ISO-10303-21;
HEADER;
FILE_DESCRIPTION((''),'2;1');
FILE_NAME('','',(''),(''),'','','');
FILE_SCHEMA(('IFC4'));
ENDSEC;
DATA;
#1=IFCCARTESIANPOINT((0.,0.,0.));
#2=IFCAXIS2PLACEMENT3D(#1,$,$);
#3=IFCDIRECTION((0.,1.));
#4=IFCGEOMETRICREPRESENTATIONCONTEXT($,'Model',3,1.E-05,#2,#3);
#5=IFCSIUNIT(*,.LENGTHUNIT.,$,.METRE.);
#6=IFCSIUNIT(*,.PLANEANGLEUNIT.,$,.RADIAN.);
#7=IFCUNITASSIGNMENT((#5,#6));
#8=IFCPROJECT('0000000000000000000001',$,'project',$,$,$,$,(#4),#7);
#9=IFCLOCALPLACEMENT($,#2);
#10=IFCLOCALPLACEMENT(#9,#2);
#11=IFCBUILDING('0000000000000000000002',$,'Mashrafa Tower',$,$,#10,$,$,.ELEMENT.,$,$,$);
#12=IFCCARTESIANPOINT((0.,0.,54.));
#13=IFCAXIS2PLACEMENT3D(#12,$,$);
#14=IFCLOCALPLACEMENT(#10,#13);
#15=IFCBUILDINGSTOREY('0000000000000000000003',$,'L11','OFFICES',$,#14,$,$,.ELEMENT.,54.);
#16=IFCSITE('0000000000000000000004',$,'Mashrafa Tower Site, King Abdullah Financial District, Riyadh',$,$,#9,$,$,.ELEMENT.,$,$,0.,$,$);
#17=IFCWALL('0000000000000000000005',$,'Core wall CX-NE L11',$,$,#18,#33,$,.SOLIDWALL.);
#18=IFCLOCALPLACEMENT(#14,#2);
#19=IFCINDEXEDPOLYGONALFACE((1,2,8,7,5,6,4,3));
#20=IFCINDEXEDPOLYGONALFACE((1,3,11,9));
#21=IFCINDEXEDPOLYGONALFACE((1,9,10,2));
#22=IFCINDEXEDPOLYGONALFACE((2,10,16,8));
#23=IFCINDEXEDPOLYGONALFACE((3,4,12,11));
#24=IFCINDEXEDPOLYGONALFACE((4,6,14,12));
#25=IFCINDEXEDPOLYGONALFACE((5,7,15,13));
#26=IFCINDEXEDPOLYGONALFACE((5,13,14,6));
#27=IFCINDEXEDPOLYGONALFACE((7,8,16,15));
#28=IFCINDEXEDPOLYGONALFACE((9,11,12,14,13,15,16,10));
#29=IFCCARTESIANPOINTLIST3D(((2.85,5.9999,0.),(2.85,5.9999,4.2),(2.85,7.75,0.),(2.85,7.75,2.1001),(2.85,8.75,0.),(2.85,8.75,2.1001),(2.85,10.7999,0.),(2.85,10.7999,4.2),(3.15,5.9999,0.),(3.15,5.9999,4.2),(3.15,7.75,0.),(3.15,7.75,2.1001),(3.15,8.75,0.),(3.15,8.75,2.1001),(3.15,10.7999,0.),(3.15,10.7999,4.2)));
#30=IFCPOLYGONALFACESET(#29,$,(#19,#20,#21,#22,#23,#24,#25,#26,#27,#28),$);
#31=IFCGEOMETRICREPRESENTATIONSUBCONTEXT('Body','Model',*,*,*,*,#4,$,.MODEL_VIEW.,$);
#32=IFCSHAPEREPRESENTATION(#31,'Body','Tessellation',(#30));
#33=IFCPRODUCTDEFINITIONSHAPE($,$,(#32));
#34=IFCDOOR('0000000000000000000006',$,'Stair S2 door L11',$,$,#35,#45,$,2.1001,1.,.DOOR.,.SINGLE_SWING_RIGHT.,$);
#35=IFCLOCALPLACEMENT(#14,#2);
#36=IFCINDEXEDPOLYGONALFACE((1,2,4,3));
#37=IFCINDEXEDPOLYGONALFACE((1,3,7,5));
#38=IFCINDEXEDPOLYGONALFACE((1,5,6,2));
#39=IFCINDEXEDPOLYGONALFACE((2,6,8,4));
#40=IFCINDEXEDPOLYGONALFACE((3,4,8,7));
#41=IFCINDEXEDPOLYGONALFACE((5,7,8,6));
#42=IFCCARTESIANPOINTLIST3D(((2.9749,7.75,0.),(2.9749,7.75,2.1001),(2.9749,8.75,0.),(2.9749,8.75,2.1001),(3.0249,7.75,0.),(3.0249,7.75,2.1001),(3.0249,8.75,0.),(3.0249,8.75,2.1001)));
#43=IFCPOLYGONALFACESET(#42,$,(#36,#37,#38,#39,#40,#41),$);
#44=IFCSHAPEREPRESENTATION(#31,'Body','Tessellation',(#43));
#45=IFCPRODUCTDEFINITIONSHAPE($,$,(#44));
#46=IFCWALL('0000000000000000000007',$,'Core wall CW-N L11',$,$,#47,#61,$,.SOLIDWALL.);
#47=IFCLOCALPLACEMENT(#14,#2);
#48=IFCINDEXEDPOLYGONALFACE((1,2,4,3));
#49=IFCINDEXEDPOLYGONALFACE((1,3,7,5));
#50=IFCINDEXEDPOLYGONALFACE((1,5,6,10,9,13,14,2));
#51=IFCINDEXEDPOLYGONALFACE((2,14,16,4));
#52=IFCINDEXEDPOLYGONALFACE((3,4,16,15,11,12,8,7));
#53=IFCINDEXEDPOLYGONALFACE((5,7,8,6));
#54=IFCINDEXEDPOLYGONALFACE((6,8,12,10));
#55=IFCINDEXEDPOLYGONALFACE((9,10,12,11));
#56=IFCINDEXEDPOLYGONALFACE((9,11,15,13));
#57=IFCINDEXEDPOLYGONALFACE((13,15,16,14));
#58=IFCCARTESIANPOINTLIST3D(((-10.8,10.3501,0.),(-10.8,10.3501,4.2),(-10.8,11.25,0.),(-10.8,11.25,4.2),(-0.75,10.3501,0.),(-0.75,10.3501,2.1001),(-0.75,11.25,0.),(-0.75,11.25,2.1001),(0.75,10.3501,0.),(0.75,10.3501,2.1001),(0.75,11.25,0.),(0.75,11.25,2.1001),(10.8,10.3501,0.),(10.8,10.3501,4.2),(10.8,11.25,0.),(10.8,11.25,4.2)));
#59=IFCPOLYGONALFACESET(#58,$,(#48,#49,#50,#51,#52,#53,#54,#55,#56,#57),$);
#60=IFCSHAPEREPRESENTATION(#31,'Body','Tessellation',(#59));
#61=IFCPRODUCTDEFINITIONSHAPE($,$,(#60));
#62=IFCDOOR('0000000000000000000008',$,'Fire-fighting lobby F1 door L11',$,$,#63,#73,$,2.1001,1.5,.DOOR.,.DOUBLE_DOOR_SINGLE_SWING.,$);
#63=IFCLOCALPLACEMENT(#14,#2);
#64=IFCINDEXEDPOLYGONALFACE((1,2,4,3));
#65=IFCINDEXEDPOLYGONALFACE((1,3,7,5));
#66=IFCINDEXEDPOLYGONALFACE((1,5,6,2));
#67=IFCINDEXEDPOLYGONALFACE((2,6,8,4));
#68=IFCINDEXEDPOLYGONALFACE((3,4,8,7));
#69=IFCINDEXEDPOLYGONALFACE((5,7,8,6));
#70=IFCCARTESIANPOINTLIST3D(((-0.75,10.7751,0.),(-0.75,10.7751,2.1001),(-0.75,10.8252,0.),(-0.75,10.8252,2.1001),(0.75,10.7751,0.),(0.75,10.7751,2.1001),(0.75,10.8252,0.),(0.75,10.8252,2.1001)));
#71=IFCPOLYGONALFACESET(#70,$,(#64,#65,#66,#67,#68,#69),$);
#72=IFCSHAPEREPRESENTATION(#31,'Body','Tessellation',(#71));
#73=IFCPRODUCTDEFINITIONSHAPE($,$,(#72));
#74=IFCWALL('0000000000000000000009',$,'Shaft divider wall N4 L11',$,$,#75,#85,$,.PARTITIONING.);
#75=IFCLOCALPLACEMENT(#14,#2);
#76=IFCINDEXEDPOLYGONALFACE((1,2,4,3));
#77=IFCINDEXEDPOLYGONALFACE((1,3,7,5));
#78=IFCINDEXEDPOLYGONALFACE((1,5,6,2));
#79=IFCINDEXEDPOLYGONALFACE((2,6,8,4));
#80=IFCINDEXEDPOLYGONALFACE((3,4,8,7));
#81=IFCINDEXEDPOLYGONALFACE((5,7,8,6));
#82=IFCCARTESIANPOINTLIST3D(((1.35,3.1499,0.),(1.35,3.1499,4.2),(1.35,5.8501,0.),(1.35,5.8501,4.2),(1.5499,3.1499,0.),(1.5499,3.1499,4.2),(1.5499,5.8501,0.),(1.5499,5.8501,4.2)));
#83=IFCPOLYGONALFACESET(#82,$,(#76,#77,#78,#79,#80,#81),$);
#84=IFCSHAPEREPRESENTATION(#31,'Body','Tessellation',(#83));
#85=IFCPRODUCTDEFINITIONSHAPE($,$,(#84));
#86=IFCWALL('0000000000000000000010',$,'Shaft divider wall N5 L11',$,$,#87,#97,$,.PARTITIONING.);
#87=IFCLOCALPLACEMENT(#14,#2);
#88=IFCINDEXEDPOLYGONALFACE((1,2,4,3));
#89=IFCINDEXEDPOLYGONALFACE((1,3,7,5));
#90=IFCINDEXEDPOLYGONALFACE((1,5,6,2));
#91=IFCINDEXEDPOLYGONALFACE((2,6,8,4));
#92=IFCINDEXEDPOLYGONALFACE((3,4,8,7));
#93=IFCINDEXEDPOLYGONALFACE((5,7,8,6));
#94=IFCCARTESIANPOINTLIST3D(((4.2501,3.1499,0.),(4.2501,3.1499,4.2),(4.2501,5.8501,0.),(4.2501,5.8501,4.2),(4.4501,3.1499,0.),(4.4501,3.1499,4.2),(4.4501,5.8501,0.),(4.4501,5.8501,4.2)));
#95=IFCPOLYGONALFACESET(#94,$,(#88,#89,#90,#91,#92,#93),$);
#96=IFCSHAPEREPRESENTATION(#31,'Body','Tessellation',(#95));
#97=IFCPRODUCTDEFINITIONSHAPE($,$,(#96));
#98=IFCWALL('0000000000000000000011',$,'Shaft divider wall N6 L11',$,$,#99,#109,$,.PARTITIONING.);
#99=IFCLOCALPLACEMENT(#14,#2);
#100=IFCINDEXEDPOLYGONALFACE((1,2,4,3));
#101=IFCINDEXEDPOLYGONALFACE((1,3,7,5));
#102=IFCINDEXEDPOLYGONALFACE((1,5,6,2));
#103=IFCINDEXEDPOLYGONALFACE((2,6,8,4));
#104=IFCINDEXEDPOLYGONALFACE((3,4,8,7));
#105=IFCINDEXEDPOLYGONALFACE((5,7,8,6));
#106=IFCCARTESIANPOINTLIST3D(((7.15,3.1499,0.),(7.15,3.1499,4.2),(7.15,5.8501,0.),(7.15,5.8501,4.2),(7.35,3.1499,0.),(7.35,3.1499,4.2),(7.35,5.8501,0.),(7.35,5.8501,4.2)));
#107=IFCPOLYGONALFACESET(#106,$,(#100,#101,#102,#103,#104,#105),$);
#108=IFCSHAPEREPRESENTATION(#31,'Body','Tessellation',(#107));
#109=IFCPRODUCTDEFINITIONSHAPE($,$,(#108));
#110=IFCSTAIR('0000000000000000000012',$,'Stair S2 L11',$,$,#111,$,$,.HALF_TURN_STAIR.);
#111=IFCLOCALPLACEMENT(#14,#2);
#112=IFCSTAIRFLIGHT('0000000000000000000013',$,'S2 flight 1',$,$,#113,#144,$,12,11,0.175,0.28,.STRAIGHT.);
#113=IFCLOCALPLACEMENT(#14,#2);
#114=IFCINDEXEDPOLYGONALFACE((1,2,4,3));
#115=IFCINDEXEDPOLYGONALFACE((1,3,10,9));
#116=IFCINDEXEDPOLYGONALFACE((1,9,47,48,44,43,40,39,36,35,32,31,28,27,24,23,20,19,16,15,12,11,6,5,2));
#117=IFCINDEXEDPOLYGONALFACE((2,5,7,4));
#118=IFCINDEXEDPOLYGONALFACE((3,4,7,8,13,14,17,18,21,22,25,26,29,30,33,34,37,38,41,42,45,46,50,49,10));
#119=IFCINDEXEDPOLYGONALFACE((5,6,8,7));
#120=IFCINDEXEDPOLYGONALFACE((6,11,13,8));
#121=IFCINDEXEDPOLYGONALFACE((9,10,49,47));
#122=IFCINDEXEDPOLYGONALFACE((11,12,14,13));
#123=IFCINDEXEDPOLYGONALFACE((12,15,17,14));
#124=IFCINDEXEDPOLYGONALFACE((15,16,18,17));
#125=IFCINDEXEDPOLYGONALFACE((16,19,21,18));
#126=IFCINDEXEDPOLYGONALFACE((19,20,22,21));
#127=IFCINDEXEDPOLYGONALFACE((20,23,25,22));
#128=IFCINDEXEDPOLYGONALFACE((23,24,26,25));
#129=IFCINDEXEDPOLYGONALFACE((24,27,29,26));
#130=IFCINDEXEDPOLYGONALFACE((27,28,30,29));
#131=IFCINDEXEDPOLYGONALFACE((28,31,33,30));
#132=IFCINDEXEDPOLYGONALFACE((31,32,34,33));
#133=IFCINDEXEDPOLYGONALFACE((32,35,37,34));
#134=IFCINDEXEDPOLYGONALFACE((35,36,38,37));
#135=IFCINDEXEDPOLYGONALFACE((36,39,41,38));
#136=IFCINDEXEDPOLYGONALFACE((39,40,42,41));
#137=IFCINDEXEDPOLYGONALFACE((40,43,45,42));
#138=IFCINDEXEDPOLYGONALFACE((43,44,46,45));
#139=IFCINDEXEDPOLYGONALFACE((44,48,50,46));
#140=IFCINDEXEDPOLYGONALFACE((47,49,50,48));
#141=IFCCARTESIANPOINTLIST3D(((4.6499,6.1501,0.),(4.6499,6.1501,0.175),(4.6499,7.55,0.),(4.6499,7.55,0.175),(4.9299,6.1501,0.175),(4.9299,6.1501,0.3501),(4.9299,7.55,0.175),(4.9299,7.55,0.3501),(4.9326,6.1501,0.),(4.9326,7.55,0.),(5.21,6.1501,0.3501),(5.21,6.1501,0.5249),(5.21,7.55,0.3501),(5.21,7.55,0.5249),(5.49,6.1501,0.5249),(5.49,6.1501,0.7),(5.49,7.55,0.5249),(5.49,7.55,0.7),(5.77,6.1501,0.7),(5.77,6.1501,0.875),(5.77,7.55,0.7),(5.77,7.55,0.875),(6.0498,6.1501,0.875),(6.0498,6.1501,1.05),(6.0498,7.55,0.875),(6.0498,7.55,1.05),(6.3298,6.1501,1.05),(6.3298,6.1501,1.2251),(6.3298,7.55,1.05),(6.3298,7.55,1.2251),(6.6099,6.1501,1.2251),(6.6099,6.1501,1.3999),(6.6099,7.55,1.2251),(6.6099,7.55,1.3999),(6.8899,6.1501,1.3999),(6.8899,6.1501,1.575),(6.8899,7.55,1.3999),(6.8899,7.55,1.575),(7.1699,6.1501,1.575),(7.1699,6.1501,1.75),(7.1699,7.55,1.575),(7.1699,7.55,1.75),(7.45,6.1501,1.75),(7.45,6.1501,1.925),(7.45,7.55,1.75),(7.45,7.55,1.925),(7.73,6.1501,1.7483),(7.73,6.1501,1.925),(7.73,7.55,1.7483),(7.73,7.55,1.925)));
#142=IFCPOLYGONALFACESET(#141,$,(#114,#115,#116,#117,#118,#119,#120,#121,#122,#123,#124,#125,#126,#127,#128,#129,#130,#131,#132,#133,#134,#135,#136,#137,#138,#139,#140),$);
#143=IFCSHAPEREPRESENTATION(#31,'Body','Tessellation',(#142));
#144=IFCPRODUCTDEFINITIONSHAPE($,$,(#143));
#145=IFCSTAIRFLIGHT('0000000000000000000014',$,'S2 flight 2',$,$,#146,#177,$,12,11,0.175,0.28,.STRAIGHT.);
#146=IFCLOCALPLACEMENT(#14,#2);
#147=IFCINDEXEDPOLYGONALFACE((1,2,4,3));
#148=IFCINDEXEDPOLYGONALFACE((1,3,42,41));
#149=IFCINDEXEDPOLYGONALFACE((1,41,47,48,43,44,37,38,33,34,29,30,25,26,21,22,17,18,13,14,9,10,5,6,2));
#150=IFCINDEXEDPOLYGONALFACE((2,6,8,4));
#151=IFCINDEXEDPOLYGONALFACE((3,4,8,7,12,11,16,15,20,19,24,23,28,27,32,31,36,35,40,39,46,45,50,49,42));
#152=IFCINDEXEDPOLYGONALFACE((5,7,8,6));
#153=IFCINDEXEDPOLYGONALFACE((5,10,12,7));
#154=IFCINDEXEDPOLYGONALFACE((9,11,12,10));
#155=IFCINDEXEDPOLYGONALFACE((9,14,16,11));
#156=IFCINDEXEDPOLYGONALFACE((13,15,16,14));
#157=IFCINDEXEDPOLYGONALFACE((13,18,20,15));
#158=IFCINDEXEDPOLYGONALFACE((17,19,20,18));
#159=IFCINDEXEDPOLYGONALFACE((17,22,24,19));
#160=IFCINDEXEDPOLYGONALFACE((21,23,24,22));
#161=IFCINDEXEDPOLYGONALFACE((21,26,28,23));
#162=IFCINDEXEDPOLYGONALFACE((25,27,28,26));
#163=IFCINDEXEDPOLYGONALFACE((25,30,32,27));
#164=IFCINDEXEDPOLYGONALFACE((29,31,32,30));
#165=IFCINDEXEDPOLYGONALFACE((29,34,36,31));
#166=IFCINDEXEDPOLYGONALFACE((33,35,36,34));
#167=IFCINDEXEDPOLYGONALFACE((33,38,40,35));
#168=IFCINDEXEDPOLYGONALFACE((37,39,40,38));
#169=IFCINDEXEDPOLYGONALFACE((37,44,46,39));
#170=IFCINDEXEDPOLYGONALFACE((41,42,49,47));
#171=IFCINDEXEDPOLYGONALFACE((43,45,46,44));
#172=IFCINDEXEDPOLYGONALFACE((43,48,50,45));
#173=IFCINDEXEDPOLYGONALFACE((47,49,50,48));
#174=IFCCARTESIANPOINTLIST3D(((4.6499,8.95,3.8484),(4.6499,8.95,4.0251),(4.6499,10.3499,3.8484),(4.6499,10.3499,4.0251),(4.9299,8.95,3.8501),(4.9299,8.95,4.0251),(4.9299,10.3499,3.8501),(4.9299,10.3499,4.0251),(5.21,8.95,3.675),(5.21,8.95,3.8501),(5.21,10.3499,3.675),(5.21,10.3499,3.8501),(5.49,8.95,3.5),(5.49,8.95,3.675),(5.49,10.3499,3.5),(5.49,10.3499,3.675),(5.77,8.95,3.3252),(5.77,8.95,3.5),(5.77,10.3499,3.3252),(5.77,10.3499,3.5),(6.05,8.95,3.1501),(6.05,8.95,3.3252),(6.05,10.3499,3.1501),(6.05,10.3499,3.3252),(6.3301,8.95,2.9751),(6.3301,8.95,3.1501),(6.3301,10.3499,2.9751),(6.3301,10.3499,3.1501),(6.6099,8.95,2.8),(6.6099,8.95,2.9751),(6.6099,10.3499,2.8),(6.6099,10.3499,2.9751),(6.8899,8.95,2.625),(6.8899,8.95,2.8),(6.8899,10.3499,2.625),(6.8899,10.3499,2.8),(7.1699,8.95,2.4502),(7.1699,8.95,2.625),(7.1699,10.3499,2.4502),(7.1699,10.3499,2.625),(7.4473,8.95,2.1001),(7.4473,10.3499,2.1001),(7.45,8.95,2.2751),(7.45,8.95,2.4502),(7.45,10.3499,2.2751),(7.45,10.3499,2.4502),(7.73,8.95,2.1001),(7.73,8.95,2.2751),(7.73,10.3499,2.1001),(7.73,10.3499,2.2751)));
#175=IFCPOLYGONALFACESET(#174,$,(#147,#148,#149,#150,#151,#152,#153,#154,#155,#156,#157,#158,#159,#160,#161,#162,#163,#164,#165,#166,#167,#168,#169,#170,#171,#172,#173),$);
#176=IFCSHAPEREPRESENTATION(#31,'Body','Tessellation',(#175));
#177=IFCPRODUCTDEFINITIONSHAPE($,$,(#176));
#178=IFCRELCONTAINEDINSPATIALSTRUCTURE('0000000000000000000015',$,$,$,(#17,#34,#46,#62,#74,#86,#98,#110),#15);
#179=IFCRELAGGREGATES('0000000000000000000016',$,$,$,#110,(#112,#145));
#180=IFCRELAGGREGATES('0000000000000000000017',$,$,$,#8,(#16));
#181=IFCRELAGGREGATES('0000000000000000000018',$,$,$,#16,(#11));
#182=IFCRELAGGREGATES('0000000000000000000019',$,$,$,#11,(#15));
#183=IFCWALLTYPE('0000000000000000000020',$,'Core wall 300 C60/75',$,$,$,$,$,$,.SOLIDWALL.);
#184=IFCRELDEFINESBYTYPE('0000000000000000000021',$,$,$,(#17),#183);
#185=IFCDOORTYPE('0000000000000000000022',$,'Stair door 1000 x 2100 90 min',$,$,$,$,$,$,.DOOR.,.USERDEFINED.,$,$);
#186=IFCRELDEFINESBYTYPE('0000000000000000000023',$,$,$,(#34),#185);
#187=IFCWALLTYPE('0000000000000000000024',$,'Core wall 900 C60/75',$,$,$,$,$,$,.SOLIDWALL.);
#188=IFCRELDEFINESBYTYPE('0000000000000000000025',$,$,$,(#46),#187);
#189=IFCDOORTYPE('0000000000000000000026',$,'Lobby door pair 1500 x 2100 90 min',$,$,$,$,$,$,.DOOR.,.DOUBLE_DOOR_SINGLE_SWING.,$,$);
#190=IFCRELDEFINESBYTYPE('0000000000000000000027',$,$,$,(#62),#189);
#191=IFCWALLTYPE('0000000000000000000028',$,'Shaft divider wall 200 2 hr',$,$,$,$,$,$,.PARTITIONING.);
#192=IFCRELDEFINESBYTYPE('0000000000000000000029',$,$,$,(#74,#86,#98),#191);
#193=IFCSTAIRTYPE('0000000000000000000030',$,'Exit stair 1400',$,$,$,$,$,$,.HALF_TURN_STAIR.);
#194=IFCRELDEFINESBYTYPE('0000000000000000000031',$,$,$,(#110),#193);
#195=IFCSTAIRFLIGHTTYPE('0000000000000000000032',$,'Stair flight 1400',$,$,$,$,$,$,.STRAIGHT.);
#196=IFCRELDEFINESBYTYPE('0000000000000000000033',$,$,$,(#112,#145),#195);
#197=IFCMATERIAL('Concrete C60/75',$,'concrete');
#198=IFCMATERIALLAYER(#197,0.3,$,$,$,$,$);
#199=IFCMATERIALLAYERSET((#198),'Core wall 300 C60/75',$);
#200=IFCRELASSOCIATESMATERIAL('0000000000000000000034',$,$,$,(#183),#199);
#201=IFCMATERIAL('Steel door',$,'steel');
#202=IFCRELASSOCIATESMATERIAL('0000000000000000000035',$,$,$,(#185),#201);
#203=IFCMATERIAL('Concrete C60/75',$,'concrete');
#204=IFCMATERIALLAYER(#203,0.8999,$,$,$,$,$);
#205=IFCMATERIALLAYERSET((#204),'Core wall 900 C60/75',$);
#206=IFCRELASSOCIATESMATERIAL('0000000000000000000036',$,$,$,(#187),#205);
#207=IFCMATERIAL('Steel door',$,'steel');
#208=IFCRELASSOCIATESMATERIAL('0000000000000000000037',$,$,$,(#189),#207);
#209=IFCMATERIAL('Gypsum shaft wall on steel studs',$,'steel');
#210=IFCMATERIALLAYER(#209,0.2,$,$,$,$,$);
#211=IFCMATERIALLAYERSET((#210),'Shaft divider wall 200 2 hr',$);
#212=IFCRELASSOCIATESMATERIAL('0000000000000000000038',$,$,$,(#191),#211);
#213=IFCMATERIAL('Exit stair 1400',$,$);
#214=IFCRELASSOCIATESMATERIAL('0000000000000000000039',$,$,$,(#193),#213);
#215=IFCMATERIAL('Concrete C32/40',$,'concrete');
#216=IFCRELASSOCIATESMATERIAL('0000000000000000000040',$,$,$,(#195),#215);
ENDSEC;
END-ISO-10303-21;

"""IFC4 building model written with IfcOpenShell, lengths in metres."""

from ifc_helpers import new_model, si_unit, direction, frame, frame_2d, origin, place, context, subcontext, project, spatial, polyline, rectangle, outline, extrude, material, layer, layer_set, type_object, element, fill, aggregate, save


model = new_model("IFC4")

# Units and contexts
model_context = context("Model", 3, precision=1e-05, world=origin(), true_north=direction((0.0, 1.0)))
body_context = subcontext(model_context, "Body", "Model", "MODEL_VIEW")
ifc_project = project(units=[si_unit("LENGTHUNIT", "METRE"), si_unit("PLANEANGLEUNIT", "RADIAN")], contexts=[model_context])

# Site, building, storey
site_placement = place(None, origin())
site = spatial("IfcSite", under=ifc_project, at=site_placement, Name="Mashrafa Tower Site, King Abdullah Financial District, Riyadh", CompositionType="ELEMENT", RefElevation=0.0)
building_placement = place(site_placement, origin())
building = spatial("IfcBuilding", under=site, at=building_placement, Name="Mashrafa Tower", CompositionType="ELEMENT")
storey_placement = place(building_placement, frame((0.0, 0.0, 54.0)))
storey = spatial("IfcBuildingStorey", under=building, at=storey_placement, Name="L11", Description="OFFICES", CompositionType="ELEMENT", Elevation=54.0)

# Walls, openings, doors
ifc_material_1 = material(Name="Concrete C60/75", Category="concrete")
ifc_layer_1 = layer(ifc_material_1, 0.3)
ifc_layer_set_1 = layer_set([ifc_layer_1], Name="Core wall 300 C60/75")
wall_type_1 = type_object("IfcWallType", Name="Core wall 300 C60/75", PredefinedType="SOLIDWALL", material=ifc_layer_set_1)
wall_1_placement = place(storey_placement, frame((3.0, 6.0, 0.0), z_axis=(0.0, 0.0, 1.0), x_axis=(0.0, 1.0, 0.0)))
wall_1 = element("IfcWall", 1, at=wall_1_placement, inside=storey, type_object=wall_type_1, Name="Core wall CX-NE L11", PredefinedType="SOLIDWALL", context=body_context, shape_type="SweptSolid", body=[
    extrude(rectangle(XDim=4.8, YDim=0.3, at=frame_2d((2.3999, 0.0))), origin(), (0.0, 0.0, 1.0), 4.2),
])
opening_1_placement = place(wall_1_placement, frame((1.75, 0.0, 0.0)))
opening_1 = element("IfcOpeningElement", 2, at=opening_1_placement, cuts=wall_1, PredefinedType="OPENING", context=body_context, shape_type="SweptSolid", body=[
    extrude(rectangle(XDim=1.0, YDim=2.1001, at=frame_2d((0.5, 1.05))), frame((0.0, 0.1599, 0.0), z_axis=(0.0, -1.0, 0.0), x_axis=(1.0, 0.0, 0.0)), (0.0, 0.0, 1.0), 0.3201),
])
ifc_material_2 = material(Name="Steel door", Category="steel")
door_type_1 = type_object("IfcDoorType", Name="Stair door 1000 x 2100 90 min", OperationType="USERDEFINED", PredefinedType="DOOR", material=ifc_material_2)
door_1_placement = place(opening_1_placement, frame((1.0, 0.0, 0.0), z_axis=(0.0, 0.0, 1.0), x_axis=(-1.0, 0.0, 0.0)))
door_1 = element("IfcDoor", 3, at=door_1_placement, inside=storey, type_object=door_type_1, Name="Stair S2 door L11", OperationType="SINGLE_SWING_RIGHT", OverallHeight=2.1001, OverallWidth=1.0, PredefinedType="DOOR", context=body_context, shape_type="SweptSolid", body=[
    extrude(rectangle(XDim=1.0, YDim=2.1001, at=frame_2d((0.5, 1.05))), frame((0.0, 0.0249, 0.0), z_axis=(0.0, -1.0, 0.0), x_axis=(1.0, 0.0, 0.0)), (0.0, 0.0, 1.0), 0.05),
])
fill(opening_1, door_1)
ifc_material_3 = material(Name="Concrete C60/75", Category="concrete")
ifc_layer_2 = layer(ifc_material_3, 0.8999)
ifc_layer_set_2 = layer_set([ifc_layer_2], Name="Core wall 900 C60/75")
wall_type_2 = type_object("IfcWallType", Name="Core wall 900 C60/75", PredefinedType="SOLIDWALL", material=ifc_layer_set_2)
wall_2_placement = place(storey_placement, frame((10.8, 10.8, 0.0), z_axis=(0.0, 0.0, 1.0), x_axis=(-1.0, 0.0, 0.0)))
wall_2 = element("IfcWall", 4, at=wall_2_placement, inside=storey, type_object=wall_type_2, Name="Core wall CW-N L11", PredefinedType="SOLIDWALL", context=body_context, shape_type="SweptSolid", body=[
    extrude(rectangle(XDim=21.6001, YDim=0.8999, at=frame_2d((10.8, 0.0))), origin(), (0.0, 0.0, 1.0), 4.2),
])
opening_2_placement = place(wall_2_placement, frame((10.05, 0.0, 0.0)))
opening_2 = element("IfcOpeningElement", 5, at=opening_2_placement, cuts=wall_2, PredefinedType="OPENING", context=body_context, shape_type="SweptSolid", body=[
    extrude(rectangle(XDim=1.5, YDim=2.1001, at=frame_2d((0.75, 1.05))), frame((0.0, 0.46, 0.0), z_axis=(0.0, -1.0, 0.0), x_axis=(1.0, 0.0, 0.0)), (0.0, 0.0, 1.0), 0.9199),
])
ifc_material_4 = material(Name="Steel door", Category="steel")
door_type_2 = type_object("IfcDoorType", Name="Lobby door pair 1500 x 2100 90 min", OperationType="DOUBLE_DOOR_SINGLE_SWING", PredefinedType="DOOR", material=ifc_material_4)
door_2_placement = place(opening_2_placement, origin())
door_2 = element("IfcDoor", 6, at=door_2_placement, inside=storey, type_object=door_type_2, Name="Fire-fighting lobby F1 door L11", OperationType="DOUBLE_DOOR_SINGLE_SWING", OverallHeight=2.1001, OverallWidth=1.5, PredefinedType="DOOR", context=body_context, shape_type="SweptSolid", body=[
    extrude(rectangle(XDim=1.5, YDim=2.1001, at=frame_2d((0.75, 1.05))), frame((0.0, 0.0249, 0.0), z_axis=(0.0, -1.0, 0.0), x_axis=(1.0, 0.0, 0.0)), (0.0, 0.0, 1.0), 0.05),
])
fill(opening_2, door_2)

# Walls
ifc_material_5 = material(Name="Gypsum shaft wall on steel studs", Category="steel")
ifc_layer_3 = layer(ifc_material_5, 0.2)
ifc_layer_set_3 = layer_set([ifc_layer_3], Name="Shaft divider wall 200 2 hr")
wall_type_3 = type_object("IfcWallType", Name="Shaft divider wall 200 2 hr", PredefinedType="PARTITIONING", material=ifc_layer_set_3)
for number, where, z_axis, x_axis, name in (
    (7, (1.45, 3.1499, 0.0), (0.0, 0.0, 1.0), (0.0, 1.0, 0.0), "Shaft divider wall N4 L11"),
    (8, (4.3501, 3.1499, 0.0), (0.0, 0.0, 1.0), (0.0, 1.0, 0.0), "Shaft divider wall N5 L11"),
    (9, (7.25, 3.1499, 0.0), (0.0, 0.0, 1.0), (0.0, 1.0, 0.0), "Shaft divider wall N6 L11"),
):
    element("IfcWall", number, at=place(storey_placement, frame(where, z_axis=z_axis, x_axis=x_axis)), inside=storey, type_object=wall_type_3, Name=name, PredefinedType="PARTITIONING", context=body_context, shape_type="SweptSolid", body=[
        extrude(rectangle(XDim=2.7002, YDim=0.2, at=frame_2d((1.3501, 0.0))), origin(), (0.0, 0.0, 1.0), 4.2),
    ])

# Stair, stair flights
ifc_material_6 = material(Name="Exit stair 1400")
stair_type = type_object("IfcStairType", Name="Exit stair 1400", PredefinedType="HALF_TURN_STAIR", material=ifc_material_6)
stair_placement = place(storey_placement, origin())
stair = element("IfcStair", 10, at=stair_placement, inside=storey, type_object=stair_type, Name="Stair S2 L11", PredefinedType="HALF_TURN_STAIR")
ifc_material_7 = material(Name="Concrete C32/40", Category="concrete")
stair_flight_type = type_object("IfcStairFlightType", Name="Stair flight 1400", PredefinedType="STRAIGHT", material=ifc_material_7)
stair_flight_1_placement = place(storey_placement, frame((4.6499, 6.8501, 0.0), z_axis=(0.0, 0.0, 1.0), x_axis=(1.0, 0.0, 0.0)))
stair_flight_1 = element("IfcStairFlight", 11, at=stair_flight_1_placement, type_object=stair_flight_type, Name="S2 flight 1", NumberOfRisers=12, NumberOfTreads=11, PredefinedType="STRAIGHT", RiserHeight=0.175, TreadLength=0.28, context=body_context, shape_type="SweptSolid", body=[
    extrude(outline(polyline([(0.0, 0.0), (0.0, 0.175), (0.28, 0.175), (0.28, 0.3501), (0.5601, 0.3501), (0.5601, 0.5249), (0.8401, 0.5249), (0.8401, 0.7), (1.1201, 0.7), (1.1201, 0.875), (1.3999, 0.875), (1.3999, 1.05), (1.6799, 1.05), (1.6799, 1.2251), (1.96, 1.2251), (1.96, 1.3999), (2.24, 1.3999), (2.24, 1.575), (2.52, 1.575), (2.52, 1.75), (2.8, 1.75), (2.8, 1.925), (3.0801, 1.925), (3.0801, 2.1001), (3.0801, 1.7483), (0.2827, 0.0), (0.0, 0.0)])), frame((0.0, 0.7, 0.0), z_axis=(0.0, -1.0, 0.0), x_axis=(1.0, 0.0, 0.0)), (0.0, 0.0, 1.0), 1.3999),
])
stair_flight_2_placement = place(storey_placement, frame((7.73, 9.6499, 2.1001), z_axis=(0.0, 0.0, 1.0), x_axis=(-1.0, 0.0, 0.0)))
stair_flight_2 = element("IfcStairFlight", 12, at=stair_flight_2_placement, type_object=stair_flight_type, Name="S2 flight 2", NumberOfRisers=12, NumberOfTreads=11, PredefinedType="STRAIGHT", RiserHeight=0.175, TreadLength=0.28, context=body_context, shape_type="SweptSolid", body=[
    extrude(outline(polyline([(0.0, 0.0), (0.0, 0.175), (0.28, 0.175), (0.28, 0.3501), (0.5601, 0.3501), (0.5601, 0.5249), (0.8401, 0.5249), (0.8401, 0.7), (1.1201, 0.7), (1.1201, 0.875), (1.3999, 0.875), (1.3999, 1.05), (1.6799, 1.05), (1.6799, 1.2251), (1.96, 1.2251), (1.96, 1.3999), (2.24, 1.3999), (2.24, 1.575), (2.52, 1.575), (2.52, 1.75), (2.8, 1.75), (2.8, 1.925), (3.0801, 1.925), (3.0801, 2.1001), (3.0801, 1.7483), (0.2827, 0.0), (0.0, 0.0)])), frame((0.0, 0.7, 0.0), z_axis=(0.0, -1.0, 0.0), x_axis=(1.0, 0.0, 0.0)), (0.0, 0.0, 1.0), 1.3999),
])
aggregate(stair, [stair_flight_1, stair_flight_2])

save(model, "model.ifc")
